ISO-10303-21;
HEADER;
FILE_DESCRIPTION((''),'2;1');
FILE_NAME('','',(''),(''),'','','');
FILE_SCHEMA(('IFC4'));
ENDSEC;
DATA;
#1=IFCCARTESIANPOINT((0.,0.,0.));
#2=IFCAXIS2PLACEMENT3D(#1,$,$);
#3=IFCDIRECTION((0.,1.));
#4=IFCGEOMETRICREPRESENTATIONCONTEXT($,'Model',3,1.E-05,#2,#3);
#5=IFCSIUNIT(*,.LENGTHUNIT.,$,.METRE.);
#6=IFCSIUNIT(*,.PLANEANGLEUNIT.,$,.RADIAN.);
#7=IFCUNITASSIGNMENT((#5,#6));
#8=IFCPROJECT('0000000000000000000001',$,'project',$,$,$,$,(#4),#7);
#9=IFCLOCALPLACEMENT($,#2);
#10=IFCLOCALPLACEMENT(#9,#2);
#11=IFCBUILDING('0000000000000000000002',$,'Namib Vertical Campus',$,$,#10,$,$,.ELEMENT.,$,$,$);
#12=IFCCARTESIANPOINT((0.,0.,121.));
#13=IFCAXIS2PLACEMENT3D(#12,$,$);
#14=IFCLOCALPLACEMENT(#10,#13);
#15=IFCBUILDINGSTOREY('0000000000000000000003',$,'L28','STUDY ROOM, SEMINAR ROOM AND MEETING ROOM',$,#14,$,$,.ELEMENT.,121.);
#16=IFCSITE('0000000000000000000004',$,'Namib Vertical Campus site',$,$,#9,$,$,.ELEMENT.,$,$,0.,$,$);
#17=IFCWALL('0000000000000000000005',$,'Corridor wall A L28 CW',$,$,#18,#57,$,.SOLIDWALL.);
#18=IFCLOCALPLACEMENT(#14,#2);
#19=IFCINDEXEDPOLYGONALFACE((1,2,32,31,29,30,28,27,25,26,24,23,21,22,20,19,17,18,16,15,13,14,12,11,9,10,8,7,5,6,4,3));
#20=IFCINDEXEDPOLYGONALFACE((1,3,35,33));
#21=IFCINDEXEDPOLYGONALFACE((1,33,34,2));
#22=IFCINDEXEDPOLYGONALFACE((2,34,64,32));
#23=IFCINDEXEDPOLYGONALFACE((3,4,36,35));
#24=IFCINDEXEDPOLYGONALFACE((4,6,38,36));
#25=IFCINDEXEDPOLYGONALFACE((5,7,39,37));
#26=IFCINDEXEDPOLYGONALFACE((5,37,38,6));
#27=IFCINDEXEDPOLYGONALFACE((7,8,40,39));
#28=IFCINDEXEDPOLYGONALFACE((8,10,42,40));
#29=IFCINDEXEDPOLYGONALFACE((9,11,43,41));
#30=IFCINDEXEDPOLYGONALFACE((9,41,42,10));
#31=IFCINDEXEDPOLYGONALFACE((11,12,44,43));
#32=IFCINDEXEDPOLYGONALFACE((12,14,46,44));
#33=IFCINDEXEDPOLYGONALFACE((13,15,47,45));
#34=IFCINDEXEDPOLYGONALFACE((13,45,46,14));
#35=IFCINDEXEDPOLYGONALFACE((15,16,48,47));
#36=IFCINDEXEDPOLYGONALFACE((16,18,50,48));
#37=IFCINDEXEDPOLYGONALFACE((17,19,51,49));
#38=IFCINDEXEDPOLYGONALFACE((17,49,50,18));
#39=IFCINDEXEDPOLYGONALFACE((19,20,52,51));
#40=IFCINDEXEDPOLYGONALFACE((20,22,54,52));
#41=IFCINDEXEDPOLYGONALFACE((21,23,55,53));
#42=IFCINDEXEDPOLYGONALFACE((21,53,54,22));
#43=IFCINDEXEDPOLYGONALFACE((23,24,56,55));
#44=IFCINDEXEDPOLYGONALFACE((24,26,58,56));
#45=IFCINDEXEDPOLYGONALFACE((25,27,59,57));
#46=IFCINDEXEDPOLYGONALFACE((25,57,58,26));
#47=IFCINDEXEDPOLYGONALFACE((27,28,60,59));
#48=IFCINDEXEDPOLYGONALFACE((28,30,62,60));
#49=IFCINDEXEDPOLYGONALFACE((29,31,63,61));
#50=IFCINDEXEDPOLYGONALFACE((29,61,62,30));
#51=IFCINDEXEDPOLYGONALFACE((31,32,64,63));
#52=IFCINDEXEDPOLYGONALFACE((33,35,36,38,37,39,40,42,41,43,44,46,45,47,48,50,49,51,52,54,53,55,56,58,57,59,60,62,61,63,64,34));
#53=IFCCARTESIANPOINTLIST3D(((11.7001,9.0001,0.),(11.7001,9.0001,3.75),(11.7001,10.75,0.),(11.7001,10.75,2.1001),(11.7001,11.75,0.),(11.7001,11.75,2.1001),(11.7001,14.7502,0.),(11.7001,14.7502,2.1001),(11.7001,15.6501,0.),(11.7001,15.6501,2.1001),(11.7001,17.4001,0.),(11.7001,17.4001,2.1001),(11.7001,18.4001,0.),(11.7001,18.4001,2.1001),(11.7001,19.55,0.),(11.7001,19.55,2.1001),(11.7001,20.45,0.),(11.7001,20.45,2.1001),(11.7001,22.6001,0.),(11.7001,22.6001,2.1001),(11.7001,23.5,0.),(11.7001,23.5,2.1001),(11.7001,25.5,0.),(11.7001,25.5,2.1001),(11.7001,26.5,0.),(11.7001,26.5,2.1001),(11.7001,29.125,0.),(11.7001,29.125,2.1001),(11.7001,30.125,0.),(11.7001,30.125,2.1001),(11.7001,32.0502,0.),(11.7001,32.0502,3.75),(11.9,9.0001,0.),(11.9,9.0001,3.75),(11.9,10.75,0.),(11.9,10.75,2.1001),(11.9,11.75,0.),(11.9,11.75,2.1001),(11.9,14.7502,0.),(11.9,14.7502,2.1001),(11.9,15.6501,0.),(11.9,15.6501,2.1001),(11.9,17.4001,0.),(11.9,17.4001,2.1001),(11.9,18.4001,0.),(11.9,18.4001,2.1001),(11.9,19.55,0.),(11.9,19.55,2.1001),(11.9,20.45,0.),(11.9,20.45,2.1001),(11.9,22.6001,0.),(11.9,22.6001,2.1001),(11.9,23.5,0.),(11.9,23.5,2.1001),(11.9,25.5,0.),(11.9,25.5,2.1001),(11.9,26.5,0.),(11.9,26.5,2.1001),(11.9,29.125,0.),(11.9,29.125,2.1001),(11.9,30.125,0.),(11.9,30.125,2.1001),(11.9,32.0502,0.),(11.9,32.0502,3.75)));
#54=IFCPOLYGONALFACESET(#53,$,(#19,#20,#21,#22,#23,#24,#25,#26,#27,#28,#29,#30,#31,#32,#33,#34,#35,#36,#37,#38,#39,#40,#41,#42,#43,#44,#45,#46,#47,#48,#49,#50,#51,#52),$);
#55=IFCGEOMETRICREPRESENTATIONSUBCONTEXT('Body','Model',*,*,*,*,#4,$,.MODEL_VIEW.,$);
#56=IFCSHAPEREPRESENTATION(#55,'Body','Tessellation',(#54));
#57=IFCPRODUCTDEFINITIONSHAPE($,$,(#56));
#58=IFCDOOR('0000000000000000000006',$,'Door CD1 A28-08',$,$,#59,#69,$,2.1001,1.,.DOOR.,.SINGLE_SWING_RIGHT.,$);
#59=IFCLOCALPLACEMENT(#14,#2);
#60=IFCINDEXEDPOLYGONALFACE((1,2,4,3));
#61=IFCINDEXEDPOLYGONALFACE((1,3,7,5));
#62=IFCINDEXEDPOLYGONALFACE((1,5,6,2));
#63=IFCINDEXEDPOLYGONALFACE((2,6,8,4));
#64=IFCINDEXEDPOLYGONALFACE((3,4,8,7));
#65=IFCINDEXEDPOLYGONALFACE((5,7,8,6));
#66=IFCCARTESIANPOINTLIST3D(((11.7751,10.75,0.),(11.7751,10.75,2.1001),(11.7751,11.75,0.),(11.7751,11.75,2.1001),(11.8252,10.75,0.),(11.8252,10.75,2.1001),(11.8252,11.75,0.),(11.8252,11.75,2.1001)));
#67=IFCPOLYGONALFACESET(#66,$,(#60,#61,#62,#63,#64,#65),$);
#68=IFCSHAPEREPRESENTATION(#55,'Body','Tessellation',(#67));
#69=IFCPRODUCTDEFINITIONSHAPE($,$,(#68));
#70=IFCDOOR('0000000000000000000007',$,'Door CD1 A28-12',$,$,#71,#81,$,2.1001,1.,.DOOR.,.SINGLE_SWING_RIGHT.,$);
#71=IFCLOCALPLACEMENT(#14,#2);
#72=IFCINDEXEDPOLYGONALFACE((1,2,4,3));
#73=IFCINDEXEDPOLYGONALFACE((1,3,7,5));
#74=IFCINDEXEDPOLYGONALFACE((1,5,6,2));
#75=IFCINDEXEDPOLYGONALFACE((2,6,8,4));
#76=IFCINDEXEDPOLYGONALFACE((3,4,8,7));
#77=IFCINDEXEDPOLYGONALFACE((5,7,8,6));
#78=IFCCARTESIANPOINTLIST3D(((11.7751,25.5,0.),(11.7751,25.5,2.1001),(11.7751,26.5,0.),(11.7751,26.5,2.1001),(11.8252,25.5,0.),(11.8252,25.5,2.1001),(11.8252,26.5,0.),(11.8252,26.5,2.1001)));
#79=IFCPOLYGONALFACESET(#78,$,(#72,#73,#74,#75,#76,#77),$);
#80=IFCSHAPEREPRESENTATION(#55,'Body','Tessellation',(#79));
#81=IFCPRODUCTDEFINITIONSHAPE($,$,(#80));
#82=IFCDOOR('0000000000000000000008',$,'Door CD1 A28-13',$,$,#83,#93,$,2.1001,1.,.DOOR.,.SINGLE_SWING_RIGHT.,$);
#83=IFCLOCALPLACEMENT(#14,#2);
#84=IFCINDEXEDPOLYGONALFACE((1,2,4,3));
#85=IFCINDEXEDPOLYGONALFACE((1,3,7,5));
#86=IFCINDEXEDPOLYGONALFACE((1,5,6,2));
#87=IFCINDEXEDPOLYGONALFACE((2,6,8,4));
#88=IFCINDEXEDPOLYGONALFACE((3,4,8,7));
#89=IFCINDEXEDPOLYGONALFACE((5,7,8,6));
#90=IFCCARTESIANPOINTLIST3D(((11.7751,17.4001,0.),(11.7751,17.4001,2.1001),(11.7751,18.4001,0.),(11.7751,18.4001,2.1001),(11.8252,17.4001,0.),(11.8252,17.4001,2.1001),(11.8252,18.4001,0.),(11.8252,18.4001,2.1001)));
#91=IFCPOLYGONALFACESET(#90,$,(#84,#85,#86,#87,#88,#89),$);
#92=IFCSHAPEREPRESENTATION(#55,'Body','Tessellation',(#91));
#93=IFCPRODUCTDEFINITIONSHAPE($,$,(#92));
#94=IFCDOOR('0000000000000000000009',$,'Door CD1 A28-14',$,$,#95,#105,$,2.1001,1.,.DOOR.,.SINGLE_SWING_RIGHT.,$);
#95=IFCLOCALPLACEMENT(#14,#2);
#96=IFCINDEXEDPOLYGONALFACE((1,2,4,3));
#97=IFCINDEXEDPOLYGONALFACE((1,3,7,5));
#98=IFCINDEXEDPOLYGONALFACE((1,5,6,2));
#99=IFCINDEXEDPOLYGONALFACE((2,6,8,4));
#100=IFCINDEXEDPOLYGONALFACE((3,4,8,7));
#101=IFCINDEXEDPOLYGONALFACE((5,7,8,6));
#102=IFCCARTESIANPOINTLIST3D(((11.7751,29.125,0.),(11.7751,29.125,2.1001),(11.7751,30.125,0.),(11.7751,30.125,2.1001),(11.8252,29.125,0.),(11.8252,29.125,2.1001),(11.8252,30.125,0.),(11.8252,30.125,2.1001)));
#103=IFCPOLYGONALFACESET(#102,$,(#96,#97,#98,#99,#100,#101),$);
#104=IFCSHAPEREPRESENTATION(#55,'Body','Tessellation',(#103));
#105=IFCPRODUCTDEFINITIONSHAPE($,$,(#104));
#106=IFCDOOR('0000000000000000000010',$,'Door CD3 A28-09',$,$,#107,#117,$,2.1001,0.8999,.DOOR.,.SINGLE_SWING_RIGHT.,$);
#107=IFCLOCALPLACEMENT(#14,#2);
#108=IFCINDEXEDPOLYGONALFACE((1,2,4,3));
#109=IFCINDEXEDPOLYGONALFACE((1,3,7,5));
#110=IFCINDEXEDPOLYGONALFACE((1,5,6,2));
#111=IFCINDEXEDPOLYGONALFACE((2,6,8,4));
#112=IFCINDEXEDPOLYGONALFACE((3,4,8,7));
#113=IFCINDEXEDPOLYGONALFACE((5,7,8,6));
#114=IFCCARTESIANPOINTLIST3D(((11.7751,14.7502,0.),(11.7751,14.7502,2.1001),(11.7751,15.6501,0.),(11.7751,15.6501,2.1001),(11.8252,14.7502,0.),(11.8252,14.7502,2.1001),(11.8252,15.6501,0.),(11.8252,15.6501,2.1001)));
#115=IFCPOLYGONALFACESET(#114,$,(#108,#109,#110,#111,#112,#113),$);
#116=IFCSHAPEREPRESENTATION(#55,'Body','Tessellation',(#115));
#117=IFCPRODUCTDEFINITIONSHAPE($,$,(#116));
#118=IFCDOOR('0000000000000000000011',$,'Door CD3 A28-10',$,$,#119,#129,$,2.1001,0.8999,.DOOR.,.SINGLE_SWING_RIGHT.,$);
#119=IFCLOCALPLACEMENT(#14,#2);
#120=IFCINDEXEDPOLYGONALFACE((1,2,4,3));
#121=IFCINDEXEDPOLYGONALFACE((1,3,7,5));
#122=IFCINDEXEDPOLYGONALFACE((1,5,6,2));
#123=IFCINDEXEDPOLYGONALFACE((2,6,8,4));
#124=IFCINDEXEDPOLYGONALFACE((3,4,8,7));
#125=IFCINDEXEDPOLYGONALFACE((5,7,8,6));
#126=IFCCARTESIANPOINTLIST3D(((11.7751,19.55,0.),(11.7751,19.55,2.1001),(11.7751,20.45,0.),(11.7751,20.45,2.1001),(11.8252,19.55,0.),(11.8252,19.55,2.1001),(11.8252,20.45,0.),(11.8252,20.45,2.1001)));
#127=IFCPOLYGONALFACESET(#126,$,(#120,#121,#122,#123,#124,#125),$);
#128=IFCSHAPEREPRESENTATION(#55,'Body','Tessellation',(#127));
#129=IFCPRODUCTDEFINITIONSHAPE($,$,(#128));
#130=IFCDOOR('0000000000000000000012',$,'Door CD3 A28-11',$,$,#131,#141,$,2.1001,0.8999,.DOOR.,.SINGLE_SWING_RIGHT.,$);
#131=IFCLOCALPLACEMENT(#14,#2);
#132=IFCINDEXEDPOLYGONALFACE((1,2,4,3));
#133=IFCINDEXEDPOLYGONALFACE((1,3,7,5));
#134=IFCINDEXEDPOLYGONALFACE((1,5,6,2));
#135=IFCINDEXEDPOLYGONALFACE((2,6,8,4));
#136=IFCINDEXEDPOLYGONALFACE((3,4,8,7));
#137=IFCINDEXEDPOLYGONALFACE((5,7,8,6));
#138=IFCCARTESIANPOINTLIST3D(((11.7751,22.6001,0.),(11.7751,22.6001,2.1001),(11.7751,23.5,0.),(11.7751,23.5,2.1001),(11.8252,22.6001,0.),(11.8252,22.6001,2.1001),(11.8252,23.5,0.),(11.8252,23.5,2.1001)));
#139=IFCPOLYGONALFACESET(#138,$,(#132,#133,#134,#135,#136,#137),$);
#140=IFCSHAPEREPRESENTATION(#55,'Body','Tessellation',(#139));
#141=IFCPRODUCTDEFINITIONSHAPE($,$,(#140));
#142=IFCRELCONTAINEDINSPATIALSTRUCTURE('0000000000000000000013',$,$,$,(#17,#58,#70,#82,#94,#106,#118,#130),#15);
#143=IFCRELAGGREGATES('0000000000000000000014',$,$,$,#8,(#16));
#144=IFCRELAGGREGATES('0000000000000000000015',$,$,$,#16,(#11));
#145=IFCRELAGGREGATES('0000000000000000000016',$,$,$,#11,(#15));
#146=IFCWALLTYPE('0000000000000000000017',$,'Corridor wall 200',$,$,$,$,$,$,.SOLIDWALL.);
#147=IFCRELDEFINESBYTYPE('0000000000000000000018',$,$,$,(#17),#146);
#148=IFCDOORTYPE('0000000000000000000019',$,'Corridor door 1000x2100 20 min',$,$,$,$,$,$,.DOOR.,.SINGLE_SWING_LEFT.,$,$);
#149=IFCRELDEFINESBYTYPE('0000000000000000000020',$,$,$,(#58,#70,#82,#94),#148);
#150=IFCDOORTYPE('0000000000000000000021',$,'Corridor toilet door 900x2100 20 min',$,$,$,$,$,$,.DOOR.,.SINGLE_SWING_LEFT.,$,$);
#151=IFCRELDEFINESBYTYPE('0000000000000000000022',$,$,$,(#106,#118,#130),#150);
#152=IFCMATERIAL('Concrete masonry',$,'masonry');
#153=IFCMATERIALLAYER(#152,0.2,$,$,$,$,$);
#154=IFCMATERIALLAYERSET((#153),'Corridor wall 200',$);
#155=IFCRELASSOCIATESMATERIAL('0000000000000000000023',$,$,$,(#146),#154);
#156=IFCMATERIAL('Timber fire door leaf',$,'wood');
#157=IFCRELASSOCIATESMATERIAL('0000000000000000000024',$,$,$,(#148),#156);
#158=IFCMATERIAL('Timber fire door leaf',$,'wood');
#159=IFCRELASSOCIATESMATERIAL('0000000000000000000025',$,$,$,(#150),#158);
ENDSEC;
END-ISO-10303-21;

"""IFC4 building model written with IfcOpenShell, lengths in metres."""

from ifc_helpers import new_model, si_unit, direction, frame, frame_2d, origin, place, context, subcontext, project, spatial, rectangle, extrude, material, layer, layer_set, type_object, element, fill, save


model = new_model("IFC4")

# Units and contexts
model_context = context("Model", 3, precision=1e-05, world=origin(), true_north=direction((0.0, 1.0)))
body_context = subcontext(model_context, "Body", "Model", "MODEL_VIEW")
ifc_project = project(units=[si_unit("LENGTHUNIT", "METRE"), si_unit("PLANEANGLEUNIT", "RADIAN")], contexts=[model_context])

# Site, building, storey
site_placement = place(None, origin())
site = spatial("IfcSite", under=ifc_project, at=site_placement, Name="Namib Vertical Campus site", CompositionType="ELEMENT", RefElevation=0.0)
building_placement = place(site_placement, origin())
building = spatial("IfcBuilding", under=site, at=building_placement, Name="Namib Vertical Campus", CompositionType="ELEMENT")
storey_placement = place(building_placement, frame((0.0, 0.0, 121.0)))
storey = spatial("IfcBuildingStorey", under=building, at=storey_placement, Name="L28", Description="STUDY ROOM, SEMINAR ROOM AND MEETING ROOM", CompositionType="ELEMENT", Elevation=121.0)

# Wall, openings, doors
ifc_material_1 = material(Name="Concrete masonry", Category="masonry")
ifc_layer_1 = layer(ifc_material_1, 0.2)
ifc_layer_set_1 = layer_set([ifc_layer_1], Name="Corridor wall 200")
wall_type_1 = type_object("IfcWallType", Name="Corridor wall 200", PredefinedType="SOLIDWALL", material=ifc_layer_set_1)
wall_1_placement = place(storey_placement, frame((11.8, 32.05, 0.0), z_axis=(0.0, 0.0, 1.0), x_axis=(0.0, -1.0, 0.0)))
wall_1 = element("IfcWall", 1, at=wall_1_placement, inside=storey, type_object=wall_type_1, Name="Corridor wall A L28 CW", PredefinedType="SOLIDWALL", context=body_context, shape_type="SweptSolid", body=[
    extrude(rectangle(XDim=23.05, YDim=0.2, at=frame_2d((11.5249, 0.0))), origin(), (0.0, 0.0, 1.0), 3.75),
])
opening_1_placement = place(wall_1_placement, frame((20.3, 0.0, 0.0)))
opening_1 = element("IfcOpeningElement", 2, at=opening_1_placement, cuts=wall_1, PredefinedType="OPENING", context=body_context, shape_type="SweptSolid", body=[
    extrude(rectangle(XDim=1.0, YDim=2.1001, at=frame_2d((0.5, 1.05))), frame((0.0, 0.1099, 0.0), z_axis=(0.0, -1.0, 0.0), x_axis=(1.0, 0.0, 0.0)), (0.0, 0.0, 1.0), 0.22),
])
opening_2_placement = place(wall_1_placement, frame((16.3999, 0.0, 0.0)))
opening_2 = element("IfcOpeningElement", 3, at=opening_2_placement, cuts=wall_1, PredefinedType="OPENING", context=body_context, shape_type="SweptSolid", body=[
    extrude(rectangle(XDim=0.8999, YDim=2.1001, at=frame_2d((0.45, 1.05))), frame((0.0, 0.1099, 0.0), z_axis=(0.0, -1.0, 0.0), x_axis=(1.0, 0.0, 0.0)), (0.0, 0.0, 1.0), 0.22),
])
opening_3_placement = place(wall_1_placement, frame((11.6001, 0.0, 0.0)))
opening_3 = element("IfcOpeningElement", 4, at=opening_3_placement, cuts=wall_1, PredefinedType="OPENING", context=body_context, shape_type="SweptSolid", body=[
    extrude(rectangle(XDim=0.8999, YDim=2.1001, at=frame_2d((0.45, 1.05))), frame((0.0, 0.1099, 0.0), z_axis=(0.0, -1.0, 0.0), x_axis=(1.0, 0.0, 0.0)), (0.0, 0.0, 1.0), 0.22),
])
opening_4_placement = place(wall_1_placement, frame((8.55, 0.0, 0.0)))
opening_4 = element("IfcOpeningElement", 5, at=opening_4_placement, cuts=wall_1, PredefinedType="OPENING", context=body_context, shape_type="SweptSolid", body=[
    extrude(rectangle(XDim=0.8999, YDim=2.1001, at=frame_2d((0.45, 1.05))), frame((0.0, 0.1099, 0.0), z_axis=(0.0, -1.0, 0.0), x_axis=(1.0, 0.0, 0.0)), (0.0, 0.0, 1.0), 0.22),
])
opening_5_placement = place(wall_1_placement, frame((5.55, 0.0, 0.0)))
opening_5 = element("IfcOpeningElement", 6, at=opening_5_placement, cuts=wall_1, PredefinedType="OPENING", context=body_context, shape_type="SweptSolid", body=[
    extrude(rectangle(XDim=1.0, YDim=2.1001, at=frame_2d((0.5, 1.05))), frame((0.0, 0.1099, 0.0), z_axis=(0.0, -1.0, 0.0), x_axis=(1.0, 0.0, 0.0)), (0.0, 0.0, 1.0), 0.22),
])
opening_6_placement = place(wall_1_placement, frame((13.6499, 0.0, 0.0)))
opening_6 = element("IfcOpeningElement", 7, at=opening_6_placement, cuts=wall_1, PredefinedType="OPENING", context=body_context, shape_type="SweptSolid", body=[
    extrude(rectangle(XDim=1.0, YDim=2.1001, at=frame_2d((0.5, 1.05))), frame((0.0, 0.1099, 0.0), z_axis=(0.0, -1.0, 0.0), x_axis=(1.0, 0.0, 0.0)), (0.0, 0.0, 1.0), 0.22),
])
opening_7_placement = place(wall_1_placement, frame((1.925, 0.0, 0.0)))
opening_7 = element("IfcOpeningElement", 8, at=opening_7_placement, cuts=wall_1, PredefinedType="OPENING", context=body_context, shape_type="SweptSolid", body=[
    extrude(rectangle(XDim=1.0, YDim=2.1001, at=frame_2d((0.5, 1.05))), frame((0.0, 0.1099, 0.0), z_axis=(0.0, -1.0, 0.0), x_axis=(1.0, 0.0, 0.0)), (0.0, 0.0, 1.0), 0.22),
])
ifc_material_2 = material(Name="Timber fire door leaf", Category="wood")
door_type_1 = type_object("IfcDoorType", Name="Corridor door 1000x2100 20 min", OperationType="SINGLE_SWING_LEFT", PredefinedType="DOOR", material=ifc_material_2)
door_1_placement = place(opening_1_placement, frame((1.0, 0.0, 0.0), z_axis=(0.0, 0.0, 1.0), x_axis=(-1.0, 0.0, 0.0)))
door_1 = element("IfcDoor", 9, at=door_1_placement, inside=storey, type_object=door_type_1, Name="Door CD1 A28-08", OperationType="SINGLE_SWING_RIGHT", OverallHeight=2.1001, OverallWidth=1.0, PredefinedType="DOOR", context=body_context, shape_type="SweptSolid", body=[
    extrude(rectangle(XDim=1.0, YDim=2.1001, at=frame_2d((0.5, 1.05))), frame((0.0, 0.0249, 0.0), z_axis=(0.0, -1.0, 0.0), x_axis=(1.0, 0.0, 0.0)), (0.0, 0.0, 1.0), 0.05),
])
fill(opening_1, door_1)
door_2_placement = place(opening_5_placement, frame((1.0, 0.0, 0.0), z_axis=(0.0, 0.0, 1.0), x_axis=(-1.0, 0.0, 0.0)))
door_2 = element("IfcDoor", 10, at=door_2_placement, inside=storey, type_object=door_type_1, Name="Door CD1 A28-12", OperationType="SINGLE_SWING_RIGHT", OverallHeight=2.1001, OverallWidth=1.0, PredefinedType="DOOR", context=body_context, shape_type="SweptSolid", body=[
    extrude(rectangle(XDim=1.0, YDim=2.1001, at=frame_2d((0.5, 1.05))), frame((0.0, 0.0249, 0.0), z_axis=(0.0, -1.0, 0.0), x_axis=(1.0, 0.0, 0.0)), (0.0, 0.0, 1.0), 0.05),
])
fill(opening_5, door_2)
door_3_placement = place(opening_6_placement, frame((1.0, 0.0, 0.0), z_axis=(0.0, 0.0, 1.0), x_axis=(-1.0, 0.0, 0.0)))
door_3 = element("IfcDoor", 11, at=door_3_placement, inside=storey, type_object=door_type_1, Name="Door CD1 A28-13", OperationType="SINGLE_SWING_RIGHT", OverallHeight=2.1001, OverallWidth=1.0, PredefinedType="DOOR", context=body_context, shape_type="SweptSolid", body=[
    extrude(rectangle(XDim=1.0, YDim=2.1001, at=frame_2d((0.5, 1.05))), frame((0.0, 0.0249, 0.0), z_axis=(0.0, -1.0, 0.0), x_axis=(1.0, 0.0, 0.0)), (0.0, 0.0, 1.0), 0.05),
])
fill(opening_6, door_3)
door_4_placement = place(opening_7_placement, frame((1.0, 0.0, 0.0), z_axis=(0.0, 0.0, 1.0), x_axis=(-1.0, 0.0, 0.0)))
door_4 = element("IfcDoor", 12, at=door_4_placement, inside=storey, type_object=door_type_1, Name="Door CD1 A28-14", OperationType="SINGLE_SWING_RIGHT", OverallHeight=2.1001, OverallWidth=1.0, PredefinedType="DOOR", context=body_context, shape_type="SweptSolid", body=[
    extrude(rectangle(XDim=1.0, YDim=2.1001, at=frame_2d((0.5, 1.05))), frame((0.0, 0.0249, 0.0), z_axis=(0.0, -1.0, 0.0), x_axis=(1.0, 0.0, 0.0)), (0.0, 0.0, 1.0), 0.05),
])
fill(opening_7, door_4)
ifc_material_3 = material(Name="Timber fire door leaf", Category="wood")
door_type_2 = type_object("IfcDoorType", Name="Corridor toilet door 900x2100 20 min", OperationType="SINGLE_SWING_LEFT", PredefinedType="DOOR", material=ifc_material_3)
door_5_placement = place(opening_2_placement, frame((0.8999, 0.0, 0.0), z_axis=(0.0, 0.0, 1.0), x_axis=(-1.0, 0.0, 0.0)))
door_5 = element("IfcDoor", 13, at=door_5_placement, inside=storey, type_object=door_type_2, Name="Door CD3 A28-09", OperationType="SINGLE_SWING_RIGHT", OverallHeight=2.1001, OverallWidth=0.8999, PredefinedType="DOOR", context=body_context, shape_type="SweptSolid", body=[
    extrude(rectangle(XDim=0.8999, YDim=2.1001, at=frame_2d((0.45, 1.05))), frame((0.0, 0.0249, 0.0), z_axis=(0.0, -1.0, 0.0), x_axis=(1.0, 0.0, 0.0)), (0.0, 0.0, 1.0), 0.05),
])
fill(opening_2, door_5)
door_6_placement = place(opening_3_placement, frame((0.8999, 0.0, 0.0), z_axis=(0.0, 0.0, 1.0), x_axis=(-1.0, 0.0, 0.0)))
door_6 = element("IfcDoor", 14, at=door_6_placement, inside=storey, type_object=door_type_2, Name="Door CD3 A28-10", OperationType="SINGLE_SWING_RIGHT", OverallHeight=2.1001, OverallWidth=0.8999, PredefinedType="DOOR", context=body_context, shape_type="SweptSolid", body=[
    extrude(rectangle(XDim=0.8999, YDim=2.1001, at=frame_2d((0.45, 1.05))), frame((0.0, 0.0249, 0.0), z_axis=(0.0, -1.0, 0.0), x_axis=(1.0, 0.0, 0.0)), (0.0, 0.0, 1.0), 0.05),
])
fill(opening_3, door_6)
door_7_placement = place(opening_4_placement, frame((0.8999, 0.0, 0.0), z_axis=(0.0, 0.0, 1.0), x_axis=(-1.0, 0.0, 0.0)))
door_7 = element("IfcDoor", 15, at=door_7_placement, inside=storey, type_object=door_type_2, Name="Door CD3 A28-11", OperationType="SINGLE_SWING_RIGHT", OverallHeight=2.1001, OverallWidth=0.8999, PredefinedType="DOOR", context=body_context, shape_type="SweptSolid", body=[
    extrude(rectangle(XDim=0.8999, YDim=2.1001, at=frame_2d((0.45, 1.05))), frame((0.0, 0.0249, 0.0), z_axis=(0.0, -1.0, 0.0), x_axis=(1.0, 0.0, 0.0)), (0.0, 0.0, 1.0), 0.05),
])
fill(opening_4, door_7)

save(model, "model.ifc")
